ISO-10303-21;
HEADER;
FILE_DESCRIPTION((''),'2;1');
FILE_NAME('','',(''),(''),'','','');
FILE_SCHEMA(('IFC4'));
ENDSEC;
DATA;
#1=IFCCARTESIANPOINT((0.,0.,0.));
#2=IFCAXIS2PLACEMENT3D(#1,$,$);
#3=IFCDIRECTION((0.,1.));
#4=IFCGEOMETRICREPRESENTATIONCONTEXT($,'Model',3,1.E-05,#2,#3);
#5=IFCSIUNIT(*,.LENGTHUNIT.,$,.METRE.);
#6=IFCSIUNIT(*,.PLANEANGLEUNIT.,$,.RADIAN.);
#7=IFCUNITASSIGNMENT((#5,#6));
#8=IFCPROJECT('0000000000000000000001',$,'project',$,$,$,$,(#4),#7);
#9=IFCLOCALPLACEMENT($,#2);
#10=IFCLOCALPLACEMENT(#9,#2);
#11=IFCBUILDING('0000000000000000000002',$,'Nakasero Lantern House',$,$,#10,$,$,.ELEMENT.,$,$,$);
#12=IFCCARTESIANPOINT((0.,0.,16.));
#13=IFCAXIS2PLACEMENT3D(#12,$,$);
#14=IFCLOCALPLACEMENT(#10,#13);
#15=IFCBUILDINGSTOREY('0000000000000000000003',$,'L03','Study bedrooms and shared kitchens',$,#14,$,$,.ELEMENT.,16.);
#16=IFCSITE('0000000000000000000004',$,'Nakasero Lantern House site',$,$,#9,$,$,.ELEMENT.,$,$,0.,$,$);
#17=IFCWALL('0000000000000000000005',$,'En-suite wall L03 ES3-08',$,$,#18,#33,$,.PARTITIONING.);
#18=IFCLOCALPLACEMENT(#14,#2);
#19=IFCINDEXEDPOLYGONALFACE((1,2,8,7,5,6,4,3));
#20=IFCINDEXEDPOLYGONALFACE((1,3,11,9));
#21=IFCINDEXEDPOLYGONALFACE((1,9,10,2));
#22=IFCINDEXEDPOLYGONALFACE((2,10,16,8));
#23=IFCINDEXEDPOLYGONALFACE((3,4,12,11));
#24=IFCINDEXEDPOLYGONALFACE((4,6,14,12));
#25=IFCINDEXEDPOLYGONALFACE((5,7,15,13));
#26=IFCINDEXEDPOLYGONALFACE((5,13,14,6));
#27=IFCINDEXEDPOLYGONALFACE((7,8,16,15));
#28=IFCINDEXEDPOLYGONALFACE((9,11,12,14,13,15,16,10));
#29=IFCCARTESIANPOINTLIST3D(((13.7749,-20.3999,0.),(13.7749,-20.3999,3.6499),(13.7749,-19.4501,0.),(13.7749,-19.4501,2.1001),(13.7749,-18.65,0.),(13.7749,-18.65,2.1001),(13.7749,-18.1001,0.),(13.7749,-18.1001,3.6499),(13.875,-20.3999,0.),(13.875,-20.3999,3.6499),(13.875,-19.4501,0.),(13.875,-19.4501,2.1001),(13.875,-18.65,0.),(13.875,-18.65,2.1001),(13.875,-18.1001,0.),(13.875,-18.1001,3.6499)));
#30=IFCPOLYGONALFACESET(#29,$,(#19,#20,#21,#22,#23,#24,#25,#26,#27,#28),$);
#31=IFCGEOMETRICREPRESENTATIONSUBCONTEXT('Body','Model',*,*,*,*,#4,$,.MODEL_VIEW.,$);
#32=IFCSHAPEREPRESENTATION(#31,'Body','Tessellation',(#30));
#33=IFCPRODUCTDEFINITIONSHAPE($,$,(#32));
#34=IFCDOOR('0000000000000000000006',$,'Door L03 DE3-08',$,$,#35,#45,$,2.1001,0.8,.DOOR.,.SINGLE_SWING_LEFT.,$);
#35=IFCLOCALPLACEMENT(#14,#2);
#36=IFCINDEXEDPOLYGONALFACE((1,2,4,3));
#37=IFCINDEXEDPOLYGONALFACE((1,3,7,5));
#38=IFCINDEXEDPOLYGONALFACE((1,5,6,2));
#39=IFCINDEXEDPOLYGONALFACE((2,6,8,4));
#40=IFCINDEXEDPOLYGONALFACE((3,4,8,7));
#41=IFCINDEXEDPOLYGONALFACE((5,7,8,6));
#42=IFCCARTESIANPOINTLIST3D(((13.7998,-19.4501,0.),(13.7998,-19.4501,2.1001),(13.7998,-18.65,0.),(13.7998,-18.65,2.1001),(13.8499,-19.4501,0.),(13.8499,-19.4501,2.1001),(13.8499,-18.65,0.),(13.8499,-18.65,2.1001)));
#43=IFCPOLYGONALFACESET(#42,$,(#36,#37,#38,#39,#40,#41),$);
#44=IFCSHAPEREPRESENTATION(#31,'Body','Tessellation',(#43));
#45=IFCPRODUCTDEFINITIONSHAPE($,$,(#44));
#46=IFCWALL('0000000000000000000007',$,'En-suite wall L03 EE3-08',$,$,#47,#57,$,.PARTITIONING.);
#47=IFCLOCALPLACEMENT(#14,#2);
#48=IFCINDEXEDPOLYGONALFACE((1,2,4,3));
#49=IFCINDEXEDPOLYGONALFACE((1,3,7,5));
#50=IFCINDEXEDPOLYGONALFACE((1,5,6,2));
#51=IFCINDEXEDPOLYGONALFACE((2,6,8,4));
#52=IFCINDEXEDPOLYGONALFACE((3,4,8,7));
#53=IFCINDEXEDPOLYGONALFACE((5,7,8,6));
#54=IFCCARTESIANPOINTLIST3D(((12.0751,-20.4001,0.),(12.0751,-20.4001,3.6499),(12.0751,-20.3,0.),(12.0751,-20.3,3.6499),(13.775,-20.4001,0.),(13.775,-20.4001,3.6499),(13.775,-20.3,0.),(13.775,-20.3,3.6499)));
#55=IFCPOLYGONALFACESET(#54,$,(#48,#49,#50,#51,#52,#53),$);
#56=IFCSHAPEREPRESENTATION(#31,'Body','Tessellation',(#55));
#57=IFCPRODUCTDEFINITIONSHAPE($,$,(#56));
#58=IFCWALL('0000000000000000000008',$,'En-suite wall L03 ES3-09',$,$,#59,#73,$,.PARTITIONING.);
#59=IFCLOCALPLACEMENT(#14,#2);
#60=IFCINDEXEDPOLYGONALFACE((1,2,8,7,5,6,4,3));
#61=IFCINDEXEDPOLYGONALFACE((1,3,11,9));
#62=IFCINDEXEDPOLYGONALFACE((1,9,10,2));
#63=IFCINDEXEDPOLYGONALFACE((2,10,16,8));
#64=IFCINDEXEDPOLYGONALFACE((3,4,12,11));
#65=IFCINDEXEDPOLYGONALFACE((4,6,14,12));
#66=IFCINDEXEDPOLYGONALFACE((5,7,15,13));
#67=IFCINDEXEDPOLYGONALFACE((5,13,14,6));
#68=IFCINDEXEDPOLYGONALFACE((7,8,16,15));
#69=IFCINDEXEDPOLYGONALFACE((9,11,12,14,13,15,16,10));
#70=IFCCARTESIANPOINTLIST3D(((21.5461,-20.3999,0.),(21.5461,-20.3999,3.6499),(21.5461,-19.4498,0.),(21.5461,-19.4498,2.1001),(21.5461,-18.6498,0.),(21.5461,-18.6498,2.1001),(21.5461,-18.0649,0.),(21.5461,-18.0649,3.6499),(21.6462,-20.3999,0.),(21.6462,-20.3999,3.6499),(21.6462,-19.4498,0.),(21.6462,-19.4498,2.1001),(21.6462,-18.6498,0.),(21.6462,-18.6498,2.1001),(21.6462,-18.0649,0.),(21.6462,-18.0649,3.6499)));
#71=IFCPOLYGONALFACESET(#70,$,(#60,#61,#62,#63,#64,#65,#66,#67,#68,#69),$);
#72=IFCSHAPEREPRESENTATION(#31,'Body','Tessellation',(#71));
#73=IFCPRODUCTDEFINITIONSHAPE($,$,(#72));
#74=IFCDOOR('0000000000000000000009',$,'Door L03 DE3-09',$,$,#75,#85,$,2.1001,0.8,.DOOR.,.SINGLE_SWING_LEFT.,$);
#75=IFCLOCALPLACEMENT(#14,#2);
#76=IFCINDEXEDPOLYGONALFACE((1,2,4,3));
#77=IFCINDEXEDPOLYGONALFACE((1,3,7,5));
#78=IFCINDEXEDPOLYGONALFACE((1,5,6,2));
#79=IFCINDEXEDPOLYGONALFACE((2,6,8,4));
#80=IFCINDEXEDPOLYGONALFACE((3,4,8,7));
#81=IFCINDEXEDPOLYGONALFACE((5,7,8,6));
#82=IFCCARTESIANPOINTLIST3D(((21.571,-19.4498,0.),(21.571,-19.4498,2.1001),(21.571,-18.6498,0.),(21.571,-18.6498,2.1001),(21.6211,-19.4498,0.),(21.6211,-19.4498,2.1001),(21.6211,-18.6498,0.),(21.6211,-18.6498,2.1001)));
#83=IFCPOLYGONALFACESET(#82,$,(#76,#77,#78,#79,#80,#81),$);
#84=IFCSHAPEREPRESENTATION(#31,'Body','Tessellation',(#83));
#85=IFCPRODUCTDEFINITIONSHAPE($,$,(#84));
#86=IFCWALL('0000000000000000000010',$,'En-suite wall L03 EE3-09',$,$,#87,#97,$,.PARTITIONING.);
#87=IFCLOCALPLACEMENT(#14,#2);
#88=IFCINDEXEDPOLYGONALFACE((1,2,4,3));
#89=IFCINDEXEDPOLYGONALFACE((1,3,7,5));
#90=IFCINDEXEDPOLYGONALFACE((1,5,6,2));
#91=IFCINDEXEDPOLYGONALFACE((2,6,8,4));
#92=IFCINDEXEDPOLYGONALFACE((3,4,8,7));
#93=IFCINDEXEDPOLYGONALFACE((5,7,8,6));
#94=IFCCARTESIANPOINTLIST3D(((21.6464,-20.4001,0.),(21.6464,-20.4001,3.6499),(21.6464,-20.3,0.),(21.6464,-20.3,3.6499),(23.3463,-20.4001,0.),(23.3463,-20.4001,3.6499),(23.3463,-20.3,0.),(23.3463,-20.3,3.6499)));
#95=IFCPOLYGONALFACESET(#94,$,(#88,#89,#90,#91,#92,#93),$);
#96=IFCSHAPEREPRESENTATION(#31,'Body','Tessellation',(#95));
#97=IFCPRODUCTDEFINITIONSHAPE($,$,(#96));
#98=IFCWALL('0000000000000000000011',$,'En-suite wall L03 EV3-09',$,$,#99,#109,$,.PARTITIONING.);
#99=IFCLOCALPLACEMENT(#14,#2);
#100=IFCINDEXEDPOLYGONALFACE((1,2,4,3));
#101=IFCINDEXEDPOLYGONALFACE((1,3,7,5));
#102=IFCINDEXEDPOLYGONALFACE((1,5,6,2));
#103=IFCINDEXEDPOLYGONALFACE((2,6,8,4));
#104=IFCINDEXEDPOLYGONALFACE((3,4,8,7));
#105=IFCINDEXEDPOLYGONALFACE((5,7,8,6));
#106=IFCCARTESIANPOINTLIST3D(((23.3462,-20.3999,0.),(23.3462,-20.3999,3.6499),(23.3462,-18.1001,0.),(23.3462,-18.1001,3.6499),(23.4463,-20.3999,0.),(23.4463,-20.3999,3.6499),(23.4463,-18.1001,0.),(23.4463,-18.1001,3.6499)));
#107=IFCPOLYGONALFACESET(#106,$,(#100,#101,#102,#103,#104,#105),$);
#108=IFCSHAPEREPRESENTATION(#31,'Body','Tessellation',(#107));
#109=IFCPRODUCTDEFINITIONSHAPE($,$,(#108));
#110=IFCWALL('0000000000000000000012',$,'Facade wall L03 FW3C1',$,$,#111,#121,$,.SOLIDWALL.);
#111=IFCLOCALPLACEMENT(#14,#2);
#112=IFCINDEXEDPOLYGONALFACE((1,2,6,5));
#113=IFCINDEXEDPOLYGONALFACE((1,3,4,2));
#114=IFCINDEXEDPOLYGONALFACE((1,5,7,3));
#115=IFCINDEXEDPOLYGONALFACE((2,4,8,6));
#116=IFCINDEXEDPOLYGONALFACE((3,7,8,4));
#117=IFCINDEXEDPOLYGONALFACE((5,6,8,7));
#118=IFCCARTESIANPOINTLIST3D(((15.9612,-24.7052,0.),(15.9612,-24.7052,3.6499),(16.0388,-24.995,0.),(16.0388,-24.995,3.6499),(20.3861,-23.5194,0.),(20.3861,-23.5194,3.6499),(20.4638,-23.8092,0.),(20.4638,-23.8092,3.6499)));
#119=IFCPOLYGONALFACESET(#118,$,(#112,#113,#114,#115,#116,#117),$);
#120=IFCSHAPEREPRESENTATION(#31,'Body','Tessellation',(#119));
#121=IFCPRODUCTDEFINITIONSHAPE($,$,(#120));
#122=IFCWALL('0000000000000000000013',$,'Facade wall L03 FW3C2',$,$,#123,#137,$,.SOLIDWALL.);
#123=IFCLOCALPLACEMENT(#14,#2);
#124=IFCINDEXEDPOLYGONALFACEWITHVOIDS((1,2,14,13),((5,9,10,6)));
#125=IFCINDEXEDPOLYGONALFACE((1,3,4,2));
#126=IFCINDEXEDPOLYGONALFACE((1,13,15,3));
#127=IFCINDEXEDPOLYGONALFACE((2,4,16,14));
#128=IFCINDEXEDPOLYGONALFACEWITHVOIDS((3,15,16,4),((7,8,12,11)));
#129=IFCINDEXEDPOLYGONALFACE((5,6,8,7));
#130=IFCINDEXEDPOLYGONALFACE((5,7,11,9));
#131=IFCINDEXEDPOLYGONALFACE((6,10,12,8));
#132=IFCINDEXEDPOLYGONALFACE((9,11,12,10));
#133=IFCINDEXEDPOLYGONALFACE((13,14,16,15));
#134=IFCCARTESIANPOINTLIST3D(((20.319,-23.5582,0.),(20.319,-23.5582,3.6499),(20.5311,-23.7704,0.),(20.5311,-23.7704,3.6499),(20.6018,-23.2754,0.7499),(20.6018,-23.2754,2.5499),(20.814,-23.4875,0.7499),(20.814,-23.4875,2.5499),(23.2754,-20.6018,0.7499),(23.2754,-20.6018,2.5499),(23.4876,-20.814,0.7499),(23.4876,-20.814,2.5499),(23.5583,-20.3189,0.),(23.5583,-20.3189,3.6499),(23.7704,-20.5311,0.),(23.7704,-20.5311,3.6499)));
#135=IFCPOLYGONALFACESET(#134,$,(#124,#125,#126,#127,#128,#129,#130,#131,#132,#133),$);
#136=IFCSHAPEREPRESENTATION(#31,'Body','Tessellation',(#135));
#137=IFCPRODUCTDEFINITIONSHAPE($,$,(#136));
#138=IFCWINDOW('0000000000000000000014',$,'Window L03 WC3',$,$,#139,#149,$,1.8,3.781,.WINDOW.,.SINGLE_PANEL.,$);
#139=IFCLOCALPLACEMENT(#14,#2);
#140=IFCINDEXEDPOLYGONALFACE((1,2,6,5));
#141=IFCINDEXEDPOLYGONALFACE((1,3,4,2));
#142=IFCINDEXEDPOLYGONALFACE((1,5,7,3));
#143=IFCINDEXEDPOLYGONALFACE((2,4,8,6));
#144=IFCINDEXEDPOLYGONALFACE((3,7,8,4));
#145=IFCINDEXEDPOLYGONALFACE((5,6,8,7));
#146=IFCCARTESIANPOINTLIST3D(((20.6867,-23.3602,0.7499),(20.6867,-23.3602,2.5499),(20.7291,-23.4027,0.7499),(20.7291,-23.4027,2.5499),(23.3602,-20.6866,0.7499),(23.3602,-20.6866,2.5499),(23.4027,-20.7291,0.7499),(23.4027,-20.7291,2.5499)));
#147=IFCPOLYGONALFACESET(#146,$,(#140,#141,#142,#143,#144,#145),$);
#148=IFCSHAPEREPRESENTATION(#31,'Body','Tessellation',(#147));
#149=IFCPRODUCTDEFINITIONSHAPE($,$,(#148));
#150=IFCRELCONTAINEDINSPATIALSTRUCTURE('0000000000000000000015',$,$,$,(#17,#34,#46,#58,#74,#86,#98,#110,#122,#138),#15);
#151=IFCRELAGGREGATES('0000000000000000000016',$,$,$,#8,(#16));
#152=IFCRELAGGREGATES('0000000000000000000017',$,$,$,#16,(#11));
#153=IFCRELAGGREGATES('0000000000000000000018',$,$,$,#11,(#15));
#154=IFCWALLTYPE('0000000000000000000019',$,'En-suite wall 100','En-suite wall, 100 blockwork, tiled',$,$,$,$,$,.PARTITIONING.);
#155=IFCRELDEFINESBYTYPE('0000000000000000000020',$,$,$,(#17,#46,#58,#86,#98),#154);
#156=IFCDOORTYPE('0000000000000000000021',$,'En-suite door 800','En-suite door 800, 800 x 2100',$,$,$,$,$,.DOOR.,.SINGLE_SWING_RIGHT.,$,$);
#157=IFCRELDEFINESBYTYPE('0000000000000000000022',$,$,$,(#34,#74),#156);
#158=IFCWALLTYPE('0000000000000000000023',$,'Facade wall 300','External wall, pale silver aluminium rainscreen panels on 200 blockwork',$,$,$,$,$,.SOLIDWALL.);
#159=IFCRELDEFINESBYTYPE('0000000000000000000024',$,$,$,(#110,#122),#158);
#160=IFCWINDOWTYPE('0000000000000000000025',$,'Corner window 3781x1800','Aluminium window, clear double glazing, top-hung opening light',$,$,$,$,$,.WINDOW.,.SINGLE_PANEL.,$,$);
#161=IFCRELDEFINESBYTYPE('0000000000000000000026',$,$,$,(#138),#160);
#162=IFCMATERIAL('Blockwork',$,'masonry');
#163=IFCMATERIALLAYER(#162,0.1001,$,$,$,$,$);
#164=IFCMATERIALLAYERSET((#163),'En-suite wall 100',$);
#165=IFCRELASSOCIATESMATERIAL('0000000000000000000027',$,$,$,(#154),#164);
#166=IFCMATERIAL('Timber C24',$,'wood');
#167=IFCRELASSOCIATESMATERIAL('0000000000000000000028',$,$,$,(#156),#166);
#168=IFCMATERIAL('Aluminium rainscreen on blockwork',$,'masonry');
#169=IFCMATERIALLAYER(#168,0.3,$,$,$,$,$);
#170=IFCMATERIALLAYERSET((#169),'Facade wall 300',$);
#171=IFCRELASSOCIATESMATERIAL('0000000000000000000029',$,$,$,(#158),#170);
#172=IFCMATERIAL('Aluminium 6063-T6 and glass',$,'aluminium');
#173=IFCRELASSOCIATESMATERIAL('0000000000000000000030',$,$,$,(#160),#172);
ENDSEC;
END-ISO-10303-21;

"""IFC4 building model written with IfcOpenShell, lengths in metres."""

from ifc_helpers import new_model, si_unit, direction, frame, frame_2d, origin, place, context, subcontext, project, spatial, rectangle, extrude, material, layer, layer_set, type_object, element, fill, save


model = new_model("IFC4")

# Units and contexts
model_context = context("Model", 3, precision=1e-05, world=origin(), true_north=direction((0.0, 1.0)))
body_context = subcontext(model_context, "Body", "Model", "MODEL_VIEW")
ifc_project = project(units=[si_unit("LENGTHUNIT", "METRE"), si_unit("PLANEANGLEUNIT", "RADIAN")], contexts=[model_context])

# Site, building, storey
site_placement = place(None, origin())
site = spatial("IfcSite", under=ifc_project, at=site_placement, Name="Nakasero Lantern House site", CompositionType="ELEMENT", RefElevation=0.0)
building_placement = place(site_placement, origin())
building = spatial("IfcBuilding", under=site, at=building_placement, Name="Nakasero Lantern House", CompositionType="ELEMENT")
storey_placement = place(building_placement, frame((0.0, 0.0, 16.0)))
storey = spatial("IfcBuildingStorey", under=building, at=storey_placement, Name="L03", Description="Study bedrooms and shared kitchens", CompositionType="ELEMENT", Elevation=16.0)

# Wall, opening, door
ifc_material_1 = material(Name="Blockwork", Category="masonry")
ifc_layer_1 = layer(ifc_material_1, 0.1001)
ifc_layer_set_1 = layer_set([ifc_layer_1], Name="En-suite wall 100")
wall_type_1 = type_object("IfcWallType", Name="En-suite wall 100", Description="En-suite wall, 100 blockwork, tiled", PredefinedType="PARTITIONING", material=ifc_layer_set_1)
ifc_material_2 = material(Name="Timber C24", Category="wood")
door_type_1 = type_object("IfcDoorType", Name="En-suite door 800", Description="En-suite door 800, 800 x 2100", OperationType="SINGLE_SWING_RIGHT", PredefinedType="DOOR", material=ifc_material_2)
wall_1_placement = place(storey_placement, frame((13.825, -18.1001, 0.0), z_axis=(0.0, 0.0, 1.0), x_axis=(0.0, -1.0, 0.0)))
wall_1 = element("IfcWall", 1, at=wall_1_placement, inside=storey, type_object=wall_type_1, Name="En-suite wall L03 ES3-08", PredefinedType="PARTITIONING", context=body_context, shape_type="SweptSolid", body=[
    extrude(rectangle(XDim=2.2998, YDim=0.1001, at=frame_2d((1.1499, 0.0))), origin(), (0.0, 0.0, 1.0), 3.6499),
])
opening_1_placement = place(wall_1_placement, frame((0.55, 0.0, 0.0)))
opening_1 = element("IfcOpeningElement", 2, at=opening_1_placement, cuts=wall_1, PredefinedType="OPENING", context=body_context, shape_type="SweptSolid", body=[
    extrude(rectangle(XDim=0.8, YDim=2.1001, at=frame_2d((0.3999, 1.05))), frame((0.0, 0.0701, 0.0), z_axis=(0.0, -1.0, 0.0), x_axis=(1.0, 0.0, 0.0)), (0.0, 0.0, 1.0), 0.1401),
])
door_1_placement = place(opening_1_placement, origin())
door_1 = element("IfcDoor", 3, at=door_1_placement, inside=storey, type_object=door_type_1, Name="Door L03 DE3-08", OperationType="SINGLE_SWING_LEFT", OverallHeight=2.1001, OverallWidth=0.8, PredefinedType="DOOR", context=body_context, shape_type="SweptSolid", body=[
    extrude(rectangle(XDim=0.8, YDim=2.1001, at=frame_2d((0.3999, 1.05))), frame((0.0, 0.0249, 0.0), z_axis=(0.0, -1.0, 0.0), x_axis=(1.0, 0.0, 0.0)), (0.0, 0.0, 1.0), 0.05),
])
fill(opening_1, door_1)

# Wall
wall_2_placement = place(storey_placement, frame((12.075, -20.3501, 0.0), z_axis=(0.0, 0.0, 1.0), x_axis=(1.0, 0.0, 0.0)))
element("IfcWall", 4, at=wall_2_placement, inside=storey, type_object=wall_type_1, Name="En-suite wall L03 EE3-08", PredefinedType="PARTITIONING", context=body_context, shape_type="SweptSolid", body=[
    extrude(rectangle(XDim=1.7, YDim=0.1001, at=frame_2d((0.8501, 0.0))), origin(), (0.0, 0.0, 1.0), 3.6499),
])

# Wall, opening, door
wall_3_placement = place(storey_placement, frame((21.5962, -18.0649, 0.0), z_axis=(0.0, 0.0, 1.0), x_axis=(0.0, -1.0, 0.0)))
wall_3 = element("IfcWall", 5, at=wall_3_placement, inside=storey, type_object=wall_type_1, Name="En-suite wall L03 ES3-09", PredefinedType="PARTITIONING", context=body_context, shape_type="SweptSolid", body=[
    extrude(rectangle(XDim=2.335, YDim=0.1001, at=frame_2d((1.1675, 0.0))), origin(), (0.0, 0.0, 1.0), 3.6499),
])
opening_2_placement = place(wall_3_placement, frame((0.585, 0.0, 0.0)))
opening_2 = element("IfcOpeningElement", 6, at=opening_2_placement, cuts=wall_3, PredefinedType="OPENING", context=body_context, shape_type="SweptSolid", body=[
    extrude(rectangle(XDim=0.8, YDim=2.1001, at=frame_2d((0.3999, 1.05))), frame((0.0, 0.0701, 0.0), z_axis=(0.0, -1.0, 0.0), x_axis=(1.0, 0.0, 0.0)), (0.0, 0.0, 1.0), 0.1401),
])
door_2_placement = place(opening_2_placement, origin())
door_2 = element("IfcDoor", 7, at=door_2_placement, inside=storey, type_object=door_type_1, Name="Door L03 DE3-09", OperationType="SINGLE_SWING_LEFT", OverallHeight=2.1001, OverallWidth=0.8, PredefinedType="DOOR", context=body_context, shape_type="SweptSolid", body=[
    extrude(rectangle(XDim=0.8, YDim=2.1001, at=frame_2d((0.3999, 1.05))), frame((0.0, 0.0249, 0.0), z_axis=(0.0, -1.0, 0.0), x_axis=(1.0, 0.0, 0.0)), (0.0, 0.0, 1.0), 0.05),
])
fill(opening_2, door_2)

# Walls
wall_4_placement = place(storey_placement, frame((21.6462, -20.3501, 0.0), z_axis=(0.0, 0.0, 1.0), x_axis=(1.0, 0.0, 0.0)))
element("IfcWall", 8, at=wall_4_placement, inside=storey, type_object=wall_type_1, Name="En-suite wall L03 EE3-09", PredefinedType="PARTITIONING", context=body_context, shape_type="SweptSolid", body=[
    extrude(rectangle(XDim=1.7, YDim=0.1001, at=frame_2d((0.8501, 0.0))), origin(), (0.0, 0.0, 1.0), 3.6499),
])
wall_5_placement = place(storey_placement, frame((23.3962, -18.1001, 0.0), z_axis=(0.0, 0.0, 1.0), x_axis=(0.0, -1.0, 0.0)))
element("IfcWall", 9, at=wall_5_placement, inside=storey, type_object=wall_type_1, Name="En-suite wall L03 EV3-09", PredefinedType="PARTITIONING", context=body_context, shape_type="SweptSolid", body=[
    extrude(rectangle(XDim=2.2998, YDim=0.1001, at=frame_2d((1.1499, 0.0))), origin(), (0.0, 0.0, 1.0), 3.6499),
])
ifc_material_3 = material(Name="Aluminium rainscreen on blockwork", Category="masonry")
ifc_layer_2 = layer(ifc_material_3, 0.3)
ifc_layer_set_2 = layer_set([ifc_layer_2], Name="Facade wall 300")
wall_type_2 = type_object("IfcWallType", Name="Facade wall 300", Description="External wall, pale silver aluminium rainscreen panels on 200 blockwork", PredefinedType="SOLIDWALL", material=ifc_layer_set_2)
wall_6_placement = place(storey_placement, frame((16.0, -24.8501, 0.0), z_axis=(0.0, 0.0, 1.0), x_axis=(0.96592, 0.25884, 0.0)))
element("IfcWall", 10, at=wall_6_placement, inside=storey, type_object=wall_type_2, Name="Facade wall L03 FW3C1", PredefinedType="SOLIDWALL", context=body_context, shape_type="SweptSolid", body=[
    extrude(rectangle(XDim=4.5811, YDim=0.3, at=frame_2d((2.2905, 0.0))), origin(), (0.0, 0.0, 1.0), 3.6499),
])

# Wall, opening, window
wall_7_placement = place(storey_placement, frame((20.425, -23.6643, 0.0), z_axis=(0.0, 0.0, 1.0), x_axis=(0.707107, 0.707107, 0.0)))
wall_7 = element("IfcWall", 11, at=wall_7_placement, inside=storey, type_object=wall_type_2, Name="Facade wall L03 FW3C2", PredefinedType="SOLIDWALL", context=body_context, shape_type="SweptSolid", body=[
    extrude(rectangle(XDim=4.5811, YDim=0.3, at=frame_2d((2.2905, 0.0))), origin(), (0.0, 0.0, 1.0), 3.6499),
])
opening_3_placement = place(wall_7_placement, frame((0.3999, 0.0, 0.75)))
opening_3 = element("IfcOpeningElement", 12, at=opening_3_placement, cuts=wall_7, PredefinedType="OPENING", context=body_context, shape_type="SweptSolid", body=[
    extrude(rectangle(XDim=3.781, YDim=1.8, at=frame_2d((1.8906, 0.8999))), frame((0.0, 0.1699, 0.0), z_axis=(0.0, -1.0, 0.0), x_axis=(1.0, 0.0, 0.0)), (0.0, 0.0, 1.0), 0.3401),
])
ifc_material_4 = material(Name="Aluminium 6063-T6 and glass", Category="aluminium")
window_type_1 = type_object("IfcWindowType", Name="Corner window 3781x1800", Description="Aluminium window, clear double glazing, top-hung opening light", PartitioningType="SINGLE_PANEL", PredefinedType="WINDOW", material=ifc_material_4)
window_1_placement = place(opening_3_placement, origin())
window_1 = element("IfcWindow", 13, at=window_1_placement, inside=storey, type_object=window_type_1, Name="Window L03 WC3", OverallHeight=1.8, OverallWidth=3.781, PartitioningType="SINGLE_PANEL", PredefinedType="WINDOW", context=body_context, shape_type="SweptSolid", body=[
    extrude(rectangle(XDim=3.781, YDim=1.8, at=frame_2d((1.8906, 0.8999))), frame((0.0, 0.03, 0.0), z_axis=(0.0, -1.0, 0.0), x_axis=(1.0, 0.0, 0.0)), (0.0, 0.0, 1.0), 0.0601),
])
fill(opening_3, window_1)

save(model, "model.ifc")
